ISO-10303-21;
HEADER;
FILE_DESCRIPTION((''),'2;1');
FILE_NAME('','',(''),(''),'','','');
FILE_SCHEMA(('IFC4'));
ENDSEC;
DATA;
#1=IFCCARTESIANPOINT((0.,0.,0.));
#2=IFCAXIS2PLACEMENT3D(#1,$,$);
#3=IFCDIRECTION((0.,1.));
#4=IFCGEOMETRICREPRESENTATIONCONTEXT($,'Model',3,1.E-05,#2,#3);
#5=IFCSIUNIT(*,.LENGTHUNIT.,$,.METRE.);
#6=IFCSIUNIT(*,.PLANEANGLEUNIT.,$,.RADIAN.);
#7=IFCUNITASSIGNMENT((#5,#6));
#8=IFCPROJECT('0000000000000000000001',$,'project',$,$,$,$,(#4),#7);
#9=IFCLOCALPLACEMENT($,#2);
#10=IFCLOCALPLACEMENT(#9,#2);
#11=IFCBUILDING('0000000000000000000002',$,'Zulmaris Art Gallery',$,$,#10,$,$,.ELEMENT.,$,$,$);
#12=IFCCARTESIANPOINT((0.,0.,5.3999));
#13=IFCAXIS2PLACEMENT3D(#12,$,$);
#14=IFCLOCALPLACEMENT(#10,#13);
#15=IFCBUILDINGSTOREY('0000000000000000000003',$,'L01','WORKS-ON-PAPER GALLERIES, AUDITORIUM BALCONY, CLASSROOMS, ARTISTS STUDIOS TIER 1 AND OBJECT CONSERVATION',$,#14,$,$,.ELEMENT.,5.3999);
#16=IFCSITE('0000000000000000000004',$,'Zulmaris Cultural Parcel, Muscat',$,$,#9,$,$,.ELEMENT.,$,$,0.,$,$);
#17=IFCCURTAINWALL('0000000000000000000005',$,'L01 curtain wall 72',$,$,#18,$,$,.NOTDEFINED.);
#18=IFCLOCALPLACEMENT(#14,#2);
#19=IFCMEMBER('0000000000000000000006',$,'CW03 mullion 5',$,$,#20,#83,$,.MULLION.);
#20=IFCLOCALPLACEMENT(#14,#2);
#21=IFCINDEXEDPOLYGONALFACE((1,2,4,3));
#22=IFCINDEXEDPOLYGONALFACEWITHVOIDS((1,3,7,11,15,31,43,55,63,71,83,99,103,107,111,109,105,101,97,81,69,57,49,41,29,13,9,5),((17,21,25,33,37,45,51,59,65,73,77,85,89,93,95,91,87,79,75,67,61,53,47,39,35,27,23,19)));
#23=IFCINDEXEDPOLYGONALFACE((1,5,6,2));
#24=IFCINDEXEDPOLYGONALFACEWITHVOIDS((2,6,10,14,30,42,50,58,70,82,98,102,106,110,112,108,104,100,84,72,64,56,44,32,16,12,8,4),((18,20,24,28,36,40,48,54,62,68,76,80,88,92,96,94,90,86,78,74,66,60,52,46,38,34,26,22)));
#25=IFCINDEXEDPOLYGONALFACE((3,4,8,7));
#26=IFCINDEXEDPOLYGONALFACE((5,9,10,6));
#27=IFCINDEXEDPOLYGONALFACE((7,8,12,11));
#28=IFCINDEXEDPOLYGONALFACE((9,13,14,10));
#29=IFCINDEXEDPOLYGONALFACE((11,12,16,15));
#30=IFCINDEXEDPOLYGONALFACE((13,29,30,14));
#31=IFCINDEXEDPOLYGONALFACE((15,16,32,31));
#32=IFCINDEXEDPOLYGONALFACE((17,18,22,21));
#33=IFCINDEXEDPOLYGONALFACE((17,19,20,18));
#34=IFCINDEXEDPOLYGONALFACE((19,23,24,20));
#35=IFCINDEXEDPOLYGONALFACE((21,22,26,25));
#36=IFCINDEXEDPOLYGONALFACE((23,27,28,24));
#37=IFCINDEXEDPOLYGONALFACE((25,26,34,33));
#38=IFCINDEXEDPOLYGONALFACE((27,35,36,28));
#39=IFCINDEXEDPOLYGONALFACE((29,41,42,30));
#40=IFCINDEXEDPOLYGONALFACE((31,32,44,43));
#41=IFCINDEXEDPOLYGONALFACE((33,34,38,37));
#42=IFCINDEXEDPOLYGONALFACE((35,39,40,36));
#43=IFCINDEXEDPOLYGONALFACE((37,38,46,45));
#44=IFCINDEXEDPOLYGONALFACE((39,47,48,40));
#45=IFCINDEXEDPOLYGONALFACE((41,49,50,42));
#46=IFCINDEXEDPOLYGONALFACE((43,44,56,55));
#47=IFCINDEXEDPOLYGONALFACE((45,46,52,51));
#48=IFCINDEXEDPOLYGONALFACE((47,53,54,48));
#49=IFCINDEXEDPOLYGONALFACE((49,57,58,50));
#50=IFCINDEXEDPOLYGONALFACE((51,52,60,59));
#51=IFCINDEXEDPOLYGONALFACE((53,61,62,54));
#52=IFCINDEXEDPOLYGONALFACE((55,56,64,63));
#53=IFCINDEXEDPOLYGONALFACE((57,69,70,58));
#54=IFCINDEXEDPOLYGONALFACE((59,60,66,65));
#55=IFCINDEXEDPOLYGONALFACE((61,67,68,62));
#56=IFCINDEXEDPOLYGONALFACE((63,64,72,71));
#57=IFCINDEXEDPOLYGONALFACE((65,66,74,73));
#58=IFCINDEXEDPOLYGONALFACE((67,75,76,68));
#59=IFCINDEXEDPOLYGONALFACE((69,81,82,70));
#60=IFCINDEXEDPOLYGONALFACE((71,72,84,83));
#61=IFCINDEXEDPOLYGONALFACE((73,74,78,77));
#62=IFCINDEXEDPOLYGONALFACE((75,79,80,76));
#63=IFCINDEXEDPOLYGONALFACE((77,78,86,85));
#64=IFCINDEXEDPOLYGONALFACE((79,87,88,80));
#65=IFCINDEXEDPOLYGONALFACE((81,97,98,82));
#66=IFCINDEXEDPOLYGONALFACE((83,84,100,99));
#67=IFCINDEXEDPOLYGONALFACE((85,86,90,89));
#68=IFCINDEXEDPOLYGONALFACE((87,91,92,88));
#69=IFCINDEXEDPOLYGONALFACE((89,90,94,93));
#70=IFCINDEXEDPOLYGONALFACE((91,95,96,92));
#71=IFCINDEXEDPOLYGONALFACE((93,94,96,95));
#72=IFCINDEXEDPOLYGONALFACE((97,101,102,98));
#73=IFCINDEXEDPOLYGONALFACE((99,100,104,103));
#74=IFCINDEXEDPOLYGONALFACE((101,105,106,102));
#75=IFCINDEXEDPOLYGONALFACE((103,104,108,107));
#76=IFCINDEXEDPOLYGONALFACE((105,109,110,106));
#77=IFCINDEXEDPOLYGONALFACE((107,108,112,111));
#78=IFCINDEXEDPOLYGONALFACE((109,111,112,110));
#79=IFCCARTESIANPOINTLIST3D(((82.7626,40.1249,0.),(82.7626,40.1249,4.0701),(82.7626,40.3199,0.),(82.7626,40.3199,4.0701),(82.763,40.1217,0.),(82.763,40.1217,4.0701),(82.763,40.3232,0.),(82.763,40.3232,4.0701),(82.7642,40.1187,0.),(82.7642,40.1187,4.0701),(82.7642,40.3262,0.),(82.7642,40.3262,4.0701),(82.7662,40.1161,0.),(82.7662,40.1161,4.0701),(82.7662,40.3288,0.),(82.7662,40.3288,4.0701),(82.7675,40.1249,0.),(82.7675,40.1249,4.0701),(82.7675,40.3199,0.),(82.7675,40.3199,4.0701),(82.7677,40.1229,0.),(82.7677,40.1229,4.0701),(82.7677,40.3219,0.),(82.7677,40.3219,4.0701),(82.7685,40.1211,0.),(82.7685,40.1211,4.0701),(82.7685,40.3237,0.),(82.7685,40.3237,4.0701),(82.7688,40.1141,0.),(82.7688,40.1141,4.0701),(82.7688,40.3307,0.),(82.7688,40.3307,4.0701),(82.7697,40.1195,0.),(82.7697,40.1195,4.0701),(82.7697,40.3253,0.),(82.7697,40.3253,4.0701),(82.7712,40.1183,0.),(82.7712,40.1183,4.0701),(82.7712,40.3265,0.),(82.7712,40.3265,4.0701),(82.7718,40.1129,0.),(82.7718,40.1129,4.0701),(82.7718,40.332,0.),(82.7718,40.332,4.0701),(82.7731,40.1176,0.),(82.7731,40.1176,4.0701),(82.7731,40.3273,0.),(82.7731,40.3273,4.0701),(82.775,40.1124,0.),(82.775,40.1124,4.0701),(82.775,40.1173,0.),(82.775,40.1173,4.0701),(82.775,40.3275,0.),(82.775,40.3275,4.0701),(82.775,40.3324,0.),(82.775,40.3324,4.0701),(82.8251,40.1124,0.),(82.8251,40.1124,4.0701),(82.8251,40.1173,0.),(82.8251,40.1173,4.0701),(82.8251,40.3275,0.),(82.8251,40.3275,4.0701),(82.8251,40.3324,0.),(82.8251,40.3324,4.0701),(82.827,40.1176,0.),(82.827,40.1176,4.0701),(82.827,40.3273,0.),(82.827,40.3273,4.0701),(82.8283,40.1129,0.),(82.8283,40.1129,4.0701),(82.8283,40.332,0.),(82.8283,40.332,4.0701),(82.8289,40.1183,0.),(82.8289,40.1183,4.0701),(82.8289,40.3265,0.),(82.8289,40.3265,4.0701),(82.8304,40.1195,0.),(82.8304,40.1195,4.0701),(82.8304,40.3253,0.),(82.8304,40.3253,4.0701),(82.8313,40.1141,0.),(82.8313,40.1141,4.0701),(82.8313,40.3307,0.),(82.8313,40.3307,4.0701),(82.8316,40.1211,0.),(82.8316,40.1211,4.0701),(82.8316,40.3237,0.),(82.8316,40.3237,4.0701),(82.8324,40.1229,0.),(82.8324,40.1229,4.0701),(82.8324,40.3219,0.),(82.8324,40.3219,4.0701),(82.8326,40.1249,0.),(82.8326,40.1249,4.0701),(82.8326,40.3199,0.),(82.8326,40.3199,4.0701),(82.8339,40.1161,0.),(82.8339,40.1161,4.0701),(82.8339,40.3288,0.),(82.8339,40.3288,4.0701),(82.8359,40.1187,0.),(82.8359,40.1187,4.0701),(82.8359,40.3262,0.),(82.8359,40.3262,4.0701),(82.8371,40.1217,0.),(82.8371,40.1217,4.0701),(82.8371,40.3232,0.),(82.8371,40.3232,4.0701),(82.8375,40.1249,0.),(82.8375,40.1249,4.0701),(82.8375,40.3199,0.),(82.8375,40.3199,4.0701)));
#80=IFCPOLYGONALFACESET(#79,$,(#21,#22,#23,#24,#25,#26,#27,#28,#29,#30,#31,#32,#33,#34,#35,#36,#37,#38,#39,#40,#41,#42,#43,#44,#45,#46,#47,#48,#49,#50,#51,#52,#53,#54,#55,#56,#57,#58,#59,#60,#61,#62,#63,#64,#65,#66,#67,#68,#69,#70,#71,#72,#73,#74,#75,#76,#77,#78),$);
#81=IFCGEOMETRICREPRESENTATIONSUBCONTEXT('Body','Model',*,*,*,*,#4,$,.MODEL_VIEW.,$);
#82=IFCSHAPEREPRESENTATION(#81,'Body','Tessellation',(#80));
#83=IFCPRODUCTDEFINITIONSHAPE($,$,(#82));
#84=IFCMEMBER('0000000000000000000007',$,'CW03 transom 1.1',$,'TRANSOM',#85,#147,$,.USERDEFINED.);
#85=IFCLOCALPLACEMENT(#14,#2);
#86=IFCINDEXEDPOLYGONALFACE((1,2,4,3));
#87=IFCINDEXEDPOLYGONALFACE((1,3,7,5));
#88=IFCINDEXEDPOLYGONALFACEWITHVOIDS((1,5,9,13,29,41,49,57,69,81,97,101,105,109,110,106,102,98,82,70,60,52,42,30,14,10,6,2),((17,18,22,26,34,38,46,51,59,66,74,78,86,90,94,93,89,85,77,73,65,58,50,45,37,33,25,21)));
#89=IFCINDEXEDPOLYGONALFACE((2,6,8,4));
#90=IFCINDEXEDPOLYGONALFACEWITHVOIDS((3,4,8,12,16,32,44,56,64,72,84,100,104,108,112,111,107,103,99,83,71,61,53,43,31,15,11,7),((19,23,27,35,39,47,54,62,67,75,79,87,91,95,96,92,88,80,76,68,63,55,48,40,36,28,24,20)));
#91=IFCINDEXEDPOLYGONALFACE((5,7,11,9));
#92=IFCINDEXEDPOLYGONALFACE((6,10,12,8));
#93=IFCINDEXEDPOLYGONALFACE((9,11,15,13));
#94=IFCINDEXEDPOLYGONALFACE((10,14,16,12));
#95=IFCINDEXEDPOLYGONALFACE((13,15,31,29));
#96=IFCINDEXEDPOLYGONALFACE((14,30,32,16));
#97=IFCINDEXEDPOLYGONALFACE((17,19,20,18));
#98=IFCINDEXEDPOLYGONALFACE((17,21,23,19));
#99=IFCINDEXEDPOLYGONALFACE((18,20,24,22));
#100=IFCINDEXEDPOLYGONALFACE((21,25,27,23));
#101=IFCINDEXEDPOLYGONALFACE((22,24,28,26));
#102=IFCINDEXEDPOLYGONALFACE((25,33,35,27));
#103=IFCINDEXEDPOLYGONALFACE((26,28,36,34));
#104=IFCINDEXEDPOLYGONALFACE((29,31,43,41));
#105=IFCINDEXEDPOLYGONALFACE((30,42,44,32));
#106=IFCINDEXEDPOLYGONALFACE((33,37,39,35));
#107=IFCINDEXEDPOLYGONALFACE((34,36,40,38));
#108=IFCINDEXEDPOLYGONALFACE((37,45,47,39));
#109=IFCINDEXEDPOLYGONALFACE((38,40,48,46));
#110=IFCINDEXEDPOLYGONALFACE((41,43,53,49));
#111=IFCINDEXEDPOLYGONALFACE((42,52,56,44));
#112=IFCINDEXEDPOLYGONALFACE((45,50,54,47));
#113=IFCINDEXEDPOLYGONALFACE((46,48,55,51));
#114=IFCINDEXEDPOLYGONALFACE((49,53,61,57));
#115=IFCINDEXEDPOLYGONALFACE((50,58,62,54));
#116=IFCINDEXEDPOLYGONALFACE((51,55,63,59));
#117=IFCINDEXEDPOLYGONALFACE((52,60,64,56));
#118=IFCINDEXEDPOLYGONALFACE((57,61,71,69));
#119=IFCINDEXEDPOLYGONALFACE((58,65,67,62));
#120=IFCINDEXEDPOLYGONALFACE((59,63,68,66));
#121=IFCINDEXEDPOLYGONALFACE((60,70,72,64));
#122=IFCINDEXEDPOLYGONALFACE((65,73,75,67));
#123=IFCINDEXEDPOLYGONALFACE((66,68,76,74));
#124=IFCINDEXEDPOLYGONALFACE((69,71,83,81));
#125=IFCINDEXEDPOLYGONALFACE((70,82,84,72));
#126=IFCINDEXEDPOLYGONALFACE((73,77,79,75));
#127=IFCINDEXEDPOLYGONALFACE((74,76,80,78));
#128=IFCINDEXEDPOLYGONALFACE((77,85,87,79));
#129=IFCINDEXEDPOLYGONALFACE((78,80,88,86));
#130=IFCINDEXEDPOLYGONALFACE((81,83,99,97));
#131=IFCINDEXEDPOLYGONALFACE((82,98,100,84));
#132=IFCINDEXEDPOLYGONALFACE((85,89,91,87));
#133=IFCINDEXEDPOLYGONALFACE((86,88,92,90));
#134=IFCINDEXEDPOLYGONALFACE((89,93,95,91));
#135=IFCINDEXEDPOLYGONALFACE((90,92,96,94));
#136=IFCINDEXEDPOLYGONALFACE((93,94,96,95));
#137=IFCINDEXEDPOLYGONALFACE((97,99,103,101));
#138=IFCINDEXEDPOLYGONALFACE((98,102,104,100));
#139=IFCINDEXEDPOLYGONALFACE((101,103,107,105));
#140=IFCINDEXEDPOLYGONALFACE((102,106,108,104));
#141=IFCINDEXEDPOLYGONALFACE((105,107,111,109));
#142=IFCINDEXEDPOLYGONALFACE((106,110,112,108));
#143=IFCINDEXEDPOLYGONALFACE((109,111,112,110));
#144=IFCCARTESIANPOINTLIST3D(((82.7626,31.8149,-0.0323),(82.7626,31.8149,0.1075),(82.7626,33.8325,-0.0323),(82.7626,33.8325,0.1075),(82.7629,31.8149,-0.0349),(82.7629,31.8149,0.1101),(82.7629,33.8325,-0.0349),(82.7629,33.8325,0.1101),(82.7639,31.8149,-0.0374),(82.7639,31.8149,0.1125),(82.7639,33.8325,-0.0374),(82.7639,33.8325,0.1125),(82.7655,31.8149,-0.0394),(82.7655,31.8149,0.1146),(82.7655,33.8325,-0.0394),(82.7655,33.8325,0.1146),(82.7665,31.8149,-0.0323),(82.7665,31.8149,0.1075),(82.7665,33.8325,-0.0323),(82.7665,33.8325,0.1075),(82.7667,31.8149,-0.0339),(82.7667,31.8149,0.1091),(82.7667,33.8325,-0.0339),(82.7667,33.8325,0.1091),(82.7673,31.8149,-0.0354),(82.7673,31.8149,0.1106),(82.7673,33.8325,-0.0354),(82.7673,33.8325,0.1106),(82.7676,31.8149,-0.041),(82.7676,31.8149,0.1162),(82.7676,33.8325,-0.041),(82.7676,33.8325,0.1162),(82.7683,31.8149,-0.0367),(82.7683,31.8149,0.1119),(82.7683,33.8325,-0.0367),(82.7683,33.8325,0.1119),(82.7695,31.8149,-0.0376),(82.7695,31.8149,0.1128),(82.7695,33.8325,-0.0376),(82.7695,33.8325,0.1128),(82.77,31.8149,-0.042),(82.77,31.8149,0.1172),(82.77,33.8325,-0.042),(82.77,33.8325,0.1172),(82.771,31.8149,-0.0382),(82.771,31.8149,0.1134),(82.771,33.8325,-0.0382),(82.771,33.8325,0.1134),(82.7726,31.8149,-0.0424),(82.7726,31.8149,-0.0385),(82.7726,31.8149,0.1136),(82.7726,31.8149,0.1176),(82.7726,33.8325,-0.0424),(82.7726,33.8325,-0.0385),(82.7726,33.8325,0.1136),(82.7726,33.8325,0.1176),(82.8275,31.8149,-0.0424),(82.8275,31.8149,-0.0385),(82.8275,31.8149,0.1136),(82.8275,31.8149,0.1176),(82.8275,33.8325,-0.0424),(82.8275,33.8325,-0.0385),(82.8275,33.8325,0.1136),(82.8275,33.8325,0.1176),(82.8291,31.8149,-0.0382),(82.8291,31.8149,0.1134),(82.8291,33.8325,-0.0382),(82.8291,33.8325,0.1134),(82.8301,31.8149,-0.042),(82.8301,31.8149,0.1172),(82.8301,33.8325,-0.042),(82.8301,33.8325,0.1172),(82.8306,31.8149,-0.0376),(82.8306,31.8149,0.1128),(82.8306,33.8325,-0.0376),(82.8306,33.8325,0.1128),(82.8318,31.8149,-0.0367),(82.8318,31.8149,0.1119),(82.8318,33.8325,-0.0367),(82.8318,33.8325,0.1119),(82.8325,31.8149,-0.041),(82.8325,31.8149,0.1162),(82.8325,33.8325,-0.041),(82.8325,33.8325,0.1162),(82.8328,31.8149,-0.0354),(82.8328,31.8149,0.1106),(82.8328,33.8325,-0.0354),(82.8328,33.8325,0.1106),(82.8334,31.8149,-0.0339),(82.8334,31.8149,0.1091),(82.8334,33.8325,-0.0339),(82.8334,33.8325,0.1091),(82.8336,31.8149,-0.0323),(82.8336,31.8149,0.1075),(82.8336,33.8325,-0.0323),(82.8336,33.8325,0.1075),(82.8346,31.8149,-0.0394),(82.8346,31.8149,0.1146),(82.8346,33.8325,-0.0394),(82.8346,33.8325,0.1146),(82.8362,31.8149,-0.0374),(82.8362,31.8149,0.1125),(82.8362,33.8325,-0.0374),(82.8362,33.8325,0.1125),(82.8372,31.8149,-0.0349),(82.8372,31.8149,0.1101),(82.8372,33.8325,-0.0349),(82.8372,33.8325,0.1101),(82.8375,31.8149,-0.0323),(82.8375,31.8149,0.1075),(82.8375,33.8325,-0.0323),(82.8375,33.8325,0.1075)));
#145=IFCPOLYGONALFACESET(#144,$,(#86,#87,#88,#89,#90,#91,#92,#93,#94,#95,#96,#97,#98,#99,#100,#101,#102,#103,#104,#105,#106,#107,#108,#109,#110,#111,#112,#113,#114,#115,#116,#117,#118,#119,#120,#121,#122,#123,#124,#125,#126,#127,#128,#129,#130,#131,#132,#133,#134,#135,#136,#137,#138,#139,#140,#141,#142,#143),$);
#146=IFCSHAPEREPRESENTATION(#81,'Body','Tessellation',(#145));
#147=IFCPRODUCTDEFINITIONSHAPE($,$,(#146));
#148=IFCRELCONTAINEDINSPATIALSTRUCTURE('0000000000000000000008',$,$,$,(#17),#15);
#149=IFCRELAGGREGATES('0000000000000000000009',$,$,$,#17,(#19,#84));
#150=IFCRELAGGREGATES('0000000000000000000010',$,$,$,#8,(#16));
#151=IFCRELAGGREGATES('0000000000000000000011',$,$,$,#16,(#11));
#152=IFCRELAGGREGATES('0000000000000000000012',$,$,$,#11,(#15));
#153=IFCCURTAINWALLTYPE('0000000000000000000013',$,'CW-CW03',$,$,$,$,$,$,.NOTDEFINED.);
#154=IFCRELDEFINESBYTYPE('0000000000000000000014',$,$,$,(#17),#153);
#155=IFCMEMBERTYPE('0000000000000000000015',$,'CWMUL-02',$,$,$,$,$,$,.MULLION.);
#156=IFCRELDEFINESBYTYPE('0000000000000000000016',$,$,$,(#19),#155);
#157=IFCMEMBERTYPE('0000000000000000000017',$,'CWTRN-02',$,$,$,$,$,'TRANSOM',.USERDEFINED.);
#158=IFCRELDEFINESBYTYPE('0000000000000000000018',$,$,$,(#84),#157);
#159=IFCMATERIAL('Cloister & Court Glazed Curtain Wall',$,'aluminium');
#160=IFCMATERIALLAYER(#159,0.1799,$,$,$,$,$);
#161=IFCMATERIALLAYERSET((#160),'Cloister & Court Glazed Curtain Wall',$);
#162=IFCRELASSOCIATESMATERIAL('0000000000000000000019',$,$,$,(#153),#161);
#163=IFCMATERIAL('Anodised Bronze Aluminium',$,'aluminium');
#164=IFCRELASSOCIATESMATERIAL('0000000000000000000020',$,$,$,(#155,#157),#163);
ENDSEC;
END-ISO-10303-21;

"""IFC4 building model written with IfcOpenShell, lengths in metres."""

from ifc_helpers import new_model, si_unit, direction, frame, origin, origin_2d, place, context, subcontext, project, spatial, hollow_rectangle, extrude, material, layer, layer_set, material_profile, profile_set, type_object, element, aggregate, save


model = new_model("IFC4")

# Units and contexts
model_context = context("Model", 3, precision=1e-05, world=origin(), true_north=direction((0.0, 1.0)))
body_context = subcontext(model_context, "Body", "Model", "MODEL_VIEW")
ifc_project = project(units=[si_unit("LENGTHUNIT", "METRE"), si_unit("PLANEANGLEUNIT", "RADIAN")], contexts=[model_context])

# Site, building, storey
site_placement = place(None, origin())
site = spatial("IfcSite", under=ifc_project, at=site_placement, Name="Zulmaris Cultural Parcel, Muscat", CompositionType="ELEMENT", RefElevation=0.0)
building_placement = place(site_placement, origin())
building = spatial("IfcBuilding", under=site, at=building_placement, Name="Zulmaris Art Gallery", CompositionType="ELEMENT")
storey_placement = place(building_placement, frame((0.0, 0.0, 5.3999)))
storey = spatial("IfcBuildingStorey", under=building, at=storey_placement, Name="L01", Description="WORKS-ON-PAPER GALLERIES, AUDITORIUM BALCONY, CLASSROOMS, ARTISTS STUDIOS TIER 1 AND OBJECT CONSERVATION", CompositionType="ELEMENT", Elevation=5.3999)

# Curtain wall, members
ifc_material_1 = material(Name="Cloister & Court Glazed Curtain Wall", Category="aluminium")
ifc_layer_1 = layer(ifc_material_1, 0.1799)
ifc_layer_set_1 = layer_set([ifc_layer_1], Name="Cloister & Court Glazed Curtain Wall")
curtain_wall_type = type_object("IfcCurtainWallType", Name="CW-CW03", PredefinedType="NOTDEFINED", material=ifc_layer_set_1)
curtain_wall_placement = place(storey_placement, origin())
curtain_wall = element("IfcCurtainWall", 1, at=curtain_wall_placement, inside=storey, type_object=curtain_wall_type, Name="L01 curtain wall 72", PredefinedType="NOTDEFINED")
ifc_material_2 = material(Name="Anodised Bronze Aluminium", Category="aluminium")
ifc_material_profile_1 = material_profile(ifc_material_2, hollow_rectangle(XDim=0.075, YDim=0.22, WallThickness=0.0049, InnerFilletRadius=0.0076, OuterFilletRadius=0.0125, at=origin_2d()), Name="ALU 75x220x5")
ifc_profile_set_1 = profile_set([ifc_material_profile_1], Name="Anodised Bronze Aluminium")
member_type_1 = type_object("IfcMemberType", Name="CWMUL-02", PredefinedType="MULLION", material=ifc_profile_set_1)
member_1_placement = place(storey_placement, frame((82.8, 40.2224, 0.0), z_axis=(0.0, 0.0, 1.0), x_axis=(-1.0, 0.0, 0.0)))
member_1 = element("IfcMember", 2, at=member_1_placement, type_object=member_type_1, Name="CW03 mullion 5", PredefinedType="MULLION", context=body_context, shape_type="SweptSolid", body=[
    extrude(hollow_rectangle(XDim=0.075, YDim=0.22, WallThickness=0.0049, InnerFilletRadius=0.0076, OuterFilletRadius=0.0125, at=origin_2d()), origin(), (0.0, 0.0, 1.0), 4.0701),
])
ifc_material_profile_2 = material_profile(ifc_material_2, hollow_rectangle(XDim=0.075, YDim=0.1599, WallThickness=0.0039, InnerFilletRadius=0.0061, OuterFilletRadius=0.01, at=origin_2d()), Name="ALU 75x160x4")
ifc_profile_set_2 = profile_set([ifc_material_profile_2], Name="Anodised Bronze Aluminium")
member_type_2 = type_object("IfcMemberType", Name="CWTRN-02", ElementType="TRANSOM", PredefinedType="USERDEFINED", material=ifc_profile_set_2)
member_2_placement = place(storey_placement, frame((82.8, 31.8149, 0.0376), z_axis=(0.0, 1.0, 0.0), x_axis=(-1.0, 0.0, 0.0)))
member_2 = element("IfcMember", 3, at=member_2_placement, type_object=member_type_2, Name="CW03 transom 1.1", ObjectType="TRANSOM", PredefinedType="USERDEFINED", context=body_context, shape_type="SweptSolid", body=[
    extrude(hollow_rectangle(XDim=0.075, YDim=0.1599, WallThickness=0.0039, InnerFilletRadius=0.0061, OuterFilletRadius=0.01, at=origin_2d()), origin(), (0.0, 0.0, 1.0), 2.0176),
])
aggregate(curtain_wall, [member_1, member_2])

save(model, "model.ifc")
